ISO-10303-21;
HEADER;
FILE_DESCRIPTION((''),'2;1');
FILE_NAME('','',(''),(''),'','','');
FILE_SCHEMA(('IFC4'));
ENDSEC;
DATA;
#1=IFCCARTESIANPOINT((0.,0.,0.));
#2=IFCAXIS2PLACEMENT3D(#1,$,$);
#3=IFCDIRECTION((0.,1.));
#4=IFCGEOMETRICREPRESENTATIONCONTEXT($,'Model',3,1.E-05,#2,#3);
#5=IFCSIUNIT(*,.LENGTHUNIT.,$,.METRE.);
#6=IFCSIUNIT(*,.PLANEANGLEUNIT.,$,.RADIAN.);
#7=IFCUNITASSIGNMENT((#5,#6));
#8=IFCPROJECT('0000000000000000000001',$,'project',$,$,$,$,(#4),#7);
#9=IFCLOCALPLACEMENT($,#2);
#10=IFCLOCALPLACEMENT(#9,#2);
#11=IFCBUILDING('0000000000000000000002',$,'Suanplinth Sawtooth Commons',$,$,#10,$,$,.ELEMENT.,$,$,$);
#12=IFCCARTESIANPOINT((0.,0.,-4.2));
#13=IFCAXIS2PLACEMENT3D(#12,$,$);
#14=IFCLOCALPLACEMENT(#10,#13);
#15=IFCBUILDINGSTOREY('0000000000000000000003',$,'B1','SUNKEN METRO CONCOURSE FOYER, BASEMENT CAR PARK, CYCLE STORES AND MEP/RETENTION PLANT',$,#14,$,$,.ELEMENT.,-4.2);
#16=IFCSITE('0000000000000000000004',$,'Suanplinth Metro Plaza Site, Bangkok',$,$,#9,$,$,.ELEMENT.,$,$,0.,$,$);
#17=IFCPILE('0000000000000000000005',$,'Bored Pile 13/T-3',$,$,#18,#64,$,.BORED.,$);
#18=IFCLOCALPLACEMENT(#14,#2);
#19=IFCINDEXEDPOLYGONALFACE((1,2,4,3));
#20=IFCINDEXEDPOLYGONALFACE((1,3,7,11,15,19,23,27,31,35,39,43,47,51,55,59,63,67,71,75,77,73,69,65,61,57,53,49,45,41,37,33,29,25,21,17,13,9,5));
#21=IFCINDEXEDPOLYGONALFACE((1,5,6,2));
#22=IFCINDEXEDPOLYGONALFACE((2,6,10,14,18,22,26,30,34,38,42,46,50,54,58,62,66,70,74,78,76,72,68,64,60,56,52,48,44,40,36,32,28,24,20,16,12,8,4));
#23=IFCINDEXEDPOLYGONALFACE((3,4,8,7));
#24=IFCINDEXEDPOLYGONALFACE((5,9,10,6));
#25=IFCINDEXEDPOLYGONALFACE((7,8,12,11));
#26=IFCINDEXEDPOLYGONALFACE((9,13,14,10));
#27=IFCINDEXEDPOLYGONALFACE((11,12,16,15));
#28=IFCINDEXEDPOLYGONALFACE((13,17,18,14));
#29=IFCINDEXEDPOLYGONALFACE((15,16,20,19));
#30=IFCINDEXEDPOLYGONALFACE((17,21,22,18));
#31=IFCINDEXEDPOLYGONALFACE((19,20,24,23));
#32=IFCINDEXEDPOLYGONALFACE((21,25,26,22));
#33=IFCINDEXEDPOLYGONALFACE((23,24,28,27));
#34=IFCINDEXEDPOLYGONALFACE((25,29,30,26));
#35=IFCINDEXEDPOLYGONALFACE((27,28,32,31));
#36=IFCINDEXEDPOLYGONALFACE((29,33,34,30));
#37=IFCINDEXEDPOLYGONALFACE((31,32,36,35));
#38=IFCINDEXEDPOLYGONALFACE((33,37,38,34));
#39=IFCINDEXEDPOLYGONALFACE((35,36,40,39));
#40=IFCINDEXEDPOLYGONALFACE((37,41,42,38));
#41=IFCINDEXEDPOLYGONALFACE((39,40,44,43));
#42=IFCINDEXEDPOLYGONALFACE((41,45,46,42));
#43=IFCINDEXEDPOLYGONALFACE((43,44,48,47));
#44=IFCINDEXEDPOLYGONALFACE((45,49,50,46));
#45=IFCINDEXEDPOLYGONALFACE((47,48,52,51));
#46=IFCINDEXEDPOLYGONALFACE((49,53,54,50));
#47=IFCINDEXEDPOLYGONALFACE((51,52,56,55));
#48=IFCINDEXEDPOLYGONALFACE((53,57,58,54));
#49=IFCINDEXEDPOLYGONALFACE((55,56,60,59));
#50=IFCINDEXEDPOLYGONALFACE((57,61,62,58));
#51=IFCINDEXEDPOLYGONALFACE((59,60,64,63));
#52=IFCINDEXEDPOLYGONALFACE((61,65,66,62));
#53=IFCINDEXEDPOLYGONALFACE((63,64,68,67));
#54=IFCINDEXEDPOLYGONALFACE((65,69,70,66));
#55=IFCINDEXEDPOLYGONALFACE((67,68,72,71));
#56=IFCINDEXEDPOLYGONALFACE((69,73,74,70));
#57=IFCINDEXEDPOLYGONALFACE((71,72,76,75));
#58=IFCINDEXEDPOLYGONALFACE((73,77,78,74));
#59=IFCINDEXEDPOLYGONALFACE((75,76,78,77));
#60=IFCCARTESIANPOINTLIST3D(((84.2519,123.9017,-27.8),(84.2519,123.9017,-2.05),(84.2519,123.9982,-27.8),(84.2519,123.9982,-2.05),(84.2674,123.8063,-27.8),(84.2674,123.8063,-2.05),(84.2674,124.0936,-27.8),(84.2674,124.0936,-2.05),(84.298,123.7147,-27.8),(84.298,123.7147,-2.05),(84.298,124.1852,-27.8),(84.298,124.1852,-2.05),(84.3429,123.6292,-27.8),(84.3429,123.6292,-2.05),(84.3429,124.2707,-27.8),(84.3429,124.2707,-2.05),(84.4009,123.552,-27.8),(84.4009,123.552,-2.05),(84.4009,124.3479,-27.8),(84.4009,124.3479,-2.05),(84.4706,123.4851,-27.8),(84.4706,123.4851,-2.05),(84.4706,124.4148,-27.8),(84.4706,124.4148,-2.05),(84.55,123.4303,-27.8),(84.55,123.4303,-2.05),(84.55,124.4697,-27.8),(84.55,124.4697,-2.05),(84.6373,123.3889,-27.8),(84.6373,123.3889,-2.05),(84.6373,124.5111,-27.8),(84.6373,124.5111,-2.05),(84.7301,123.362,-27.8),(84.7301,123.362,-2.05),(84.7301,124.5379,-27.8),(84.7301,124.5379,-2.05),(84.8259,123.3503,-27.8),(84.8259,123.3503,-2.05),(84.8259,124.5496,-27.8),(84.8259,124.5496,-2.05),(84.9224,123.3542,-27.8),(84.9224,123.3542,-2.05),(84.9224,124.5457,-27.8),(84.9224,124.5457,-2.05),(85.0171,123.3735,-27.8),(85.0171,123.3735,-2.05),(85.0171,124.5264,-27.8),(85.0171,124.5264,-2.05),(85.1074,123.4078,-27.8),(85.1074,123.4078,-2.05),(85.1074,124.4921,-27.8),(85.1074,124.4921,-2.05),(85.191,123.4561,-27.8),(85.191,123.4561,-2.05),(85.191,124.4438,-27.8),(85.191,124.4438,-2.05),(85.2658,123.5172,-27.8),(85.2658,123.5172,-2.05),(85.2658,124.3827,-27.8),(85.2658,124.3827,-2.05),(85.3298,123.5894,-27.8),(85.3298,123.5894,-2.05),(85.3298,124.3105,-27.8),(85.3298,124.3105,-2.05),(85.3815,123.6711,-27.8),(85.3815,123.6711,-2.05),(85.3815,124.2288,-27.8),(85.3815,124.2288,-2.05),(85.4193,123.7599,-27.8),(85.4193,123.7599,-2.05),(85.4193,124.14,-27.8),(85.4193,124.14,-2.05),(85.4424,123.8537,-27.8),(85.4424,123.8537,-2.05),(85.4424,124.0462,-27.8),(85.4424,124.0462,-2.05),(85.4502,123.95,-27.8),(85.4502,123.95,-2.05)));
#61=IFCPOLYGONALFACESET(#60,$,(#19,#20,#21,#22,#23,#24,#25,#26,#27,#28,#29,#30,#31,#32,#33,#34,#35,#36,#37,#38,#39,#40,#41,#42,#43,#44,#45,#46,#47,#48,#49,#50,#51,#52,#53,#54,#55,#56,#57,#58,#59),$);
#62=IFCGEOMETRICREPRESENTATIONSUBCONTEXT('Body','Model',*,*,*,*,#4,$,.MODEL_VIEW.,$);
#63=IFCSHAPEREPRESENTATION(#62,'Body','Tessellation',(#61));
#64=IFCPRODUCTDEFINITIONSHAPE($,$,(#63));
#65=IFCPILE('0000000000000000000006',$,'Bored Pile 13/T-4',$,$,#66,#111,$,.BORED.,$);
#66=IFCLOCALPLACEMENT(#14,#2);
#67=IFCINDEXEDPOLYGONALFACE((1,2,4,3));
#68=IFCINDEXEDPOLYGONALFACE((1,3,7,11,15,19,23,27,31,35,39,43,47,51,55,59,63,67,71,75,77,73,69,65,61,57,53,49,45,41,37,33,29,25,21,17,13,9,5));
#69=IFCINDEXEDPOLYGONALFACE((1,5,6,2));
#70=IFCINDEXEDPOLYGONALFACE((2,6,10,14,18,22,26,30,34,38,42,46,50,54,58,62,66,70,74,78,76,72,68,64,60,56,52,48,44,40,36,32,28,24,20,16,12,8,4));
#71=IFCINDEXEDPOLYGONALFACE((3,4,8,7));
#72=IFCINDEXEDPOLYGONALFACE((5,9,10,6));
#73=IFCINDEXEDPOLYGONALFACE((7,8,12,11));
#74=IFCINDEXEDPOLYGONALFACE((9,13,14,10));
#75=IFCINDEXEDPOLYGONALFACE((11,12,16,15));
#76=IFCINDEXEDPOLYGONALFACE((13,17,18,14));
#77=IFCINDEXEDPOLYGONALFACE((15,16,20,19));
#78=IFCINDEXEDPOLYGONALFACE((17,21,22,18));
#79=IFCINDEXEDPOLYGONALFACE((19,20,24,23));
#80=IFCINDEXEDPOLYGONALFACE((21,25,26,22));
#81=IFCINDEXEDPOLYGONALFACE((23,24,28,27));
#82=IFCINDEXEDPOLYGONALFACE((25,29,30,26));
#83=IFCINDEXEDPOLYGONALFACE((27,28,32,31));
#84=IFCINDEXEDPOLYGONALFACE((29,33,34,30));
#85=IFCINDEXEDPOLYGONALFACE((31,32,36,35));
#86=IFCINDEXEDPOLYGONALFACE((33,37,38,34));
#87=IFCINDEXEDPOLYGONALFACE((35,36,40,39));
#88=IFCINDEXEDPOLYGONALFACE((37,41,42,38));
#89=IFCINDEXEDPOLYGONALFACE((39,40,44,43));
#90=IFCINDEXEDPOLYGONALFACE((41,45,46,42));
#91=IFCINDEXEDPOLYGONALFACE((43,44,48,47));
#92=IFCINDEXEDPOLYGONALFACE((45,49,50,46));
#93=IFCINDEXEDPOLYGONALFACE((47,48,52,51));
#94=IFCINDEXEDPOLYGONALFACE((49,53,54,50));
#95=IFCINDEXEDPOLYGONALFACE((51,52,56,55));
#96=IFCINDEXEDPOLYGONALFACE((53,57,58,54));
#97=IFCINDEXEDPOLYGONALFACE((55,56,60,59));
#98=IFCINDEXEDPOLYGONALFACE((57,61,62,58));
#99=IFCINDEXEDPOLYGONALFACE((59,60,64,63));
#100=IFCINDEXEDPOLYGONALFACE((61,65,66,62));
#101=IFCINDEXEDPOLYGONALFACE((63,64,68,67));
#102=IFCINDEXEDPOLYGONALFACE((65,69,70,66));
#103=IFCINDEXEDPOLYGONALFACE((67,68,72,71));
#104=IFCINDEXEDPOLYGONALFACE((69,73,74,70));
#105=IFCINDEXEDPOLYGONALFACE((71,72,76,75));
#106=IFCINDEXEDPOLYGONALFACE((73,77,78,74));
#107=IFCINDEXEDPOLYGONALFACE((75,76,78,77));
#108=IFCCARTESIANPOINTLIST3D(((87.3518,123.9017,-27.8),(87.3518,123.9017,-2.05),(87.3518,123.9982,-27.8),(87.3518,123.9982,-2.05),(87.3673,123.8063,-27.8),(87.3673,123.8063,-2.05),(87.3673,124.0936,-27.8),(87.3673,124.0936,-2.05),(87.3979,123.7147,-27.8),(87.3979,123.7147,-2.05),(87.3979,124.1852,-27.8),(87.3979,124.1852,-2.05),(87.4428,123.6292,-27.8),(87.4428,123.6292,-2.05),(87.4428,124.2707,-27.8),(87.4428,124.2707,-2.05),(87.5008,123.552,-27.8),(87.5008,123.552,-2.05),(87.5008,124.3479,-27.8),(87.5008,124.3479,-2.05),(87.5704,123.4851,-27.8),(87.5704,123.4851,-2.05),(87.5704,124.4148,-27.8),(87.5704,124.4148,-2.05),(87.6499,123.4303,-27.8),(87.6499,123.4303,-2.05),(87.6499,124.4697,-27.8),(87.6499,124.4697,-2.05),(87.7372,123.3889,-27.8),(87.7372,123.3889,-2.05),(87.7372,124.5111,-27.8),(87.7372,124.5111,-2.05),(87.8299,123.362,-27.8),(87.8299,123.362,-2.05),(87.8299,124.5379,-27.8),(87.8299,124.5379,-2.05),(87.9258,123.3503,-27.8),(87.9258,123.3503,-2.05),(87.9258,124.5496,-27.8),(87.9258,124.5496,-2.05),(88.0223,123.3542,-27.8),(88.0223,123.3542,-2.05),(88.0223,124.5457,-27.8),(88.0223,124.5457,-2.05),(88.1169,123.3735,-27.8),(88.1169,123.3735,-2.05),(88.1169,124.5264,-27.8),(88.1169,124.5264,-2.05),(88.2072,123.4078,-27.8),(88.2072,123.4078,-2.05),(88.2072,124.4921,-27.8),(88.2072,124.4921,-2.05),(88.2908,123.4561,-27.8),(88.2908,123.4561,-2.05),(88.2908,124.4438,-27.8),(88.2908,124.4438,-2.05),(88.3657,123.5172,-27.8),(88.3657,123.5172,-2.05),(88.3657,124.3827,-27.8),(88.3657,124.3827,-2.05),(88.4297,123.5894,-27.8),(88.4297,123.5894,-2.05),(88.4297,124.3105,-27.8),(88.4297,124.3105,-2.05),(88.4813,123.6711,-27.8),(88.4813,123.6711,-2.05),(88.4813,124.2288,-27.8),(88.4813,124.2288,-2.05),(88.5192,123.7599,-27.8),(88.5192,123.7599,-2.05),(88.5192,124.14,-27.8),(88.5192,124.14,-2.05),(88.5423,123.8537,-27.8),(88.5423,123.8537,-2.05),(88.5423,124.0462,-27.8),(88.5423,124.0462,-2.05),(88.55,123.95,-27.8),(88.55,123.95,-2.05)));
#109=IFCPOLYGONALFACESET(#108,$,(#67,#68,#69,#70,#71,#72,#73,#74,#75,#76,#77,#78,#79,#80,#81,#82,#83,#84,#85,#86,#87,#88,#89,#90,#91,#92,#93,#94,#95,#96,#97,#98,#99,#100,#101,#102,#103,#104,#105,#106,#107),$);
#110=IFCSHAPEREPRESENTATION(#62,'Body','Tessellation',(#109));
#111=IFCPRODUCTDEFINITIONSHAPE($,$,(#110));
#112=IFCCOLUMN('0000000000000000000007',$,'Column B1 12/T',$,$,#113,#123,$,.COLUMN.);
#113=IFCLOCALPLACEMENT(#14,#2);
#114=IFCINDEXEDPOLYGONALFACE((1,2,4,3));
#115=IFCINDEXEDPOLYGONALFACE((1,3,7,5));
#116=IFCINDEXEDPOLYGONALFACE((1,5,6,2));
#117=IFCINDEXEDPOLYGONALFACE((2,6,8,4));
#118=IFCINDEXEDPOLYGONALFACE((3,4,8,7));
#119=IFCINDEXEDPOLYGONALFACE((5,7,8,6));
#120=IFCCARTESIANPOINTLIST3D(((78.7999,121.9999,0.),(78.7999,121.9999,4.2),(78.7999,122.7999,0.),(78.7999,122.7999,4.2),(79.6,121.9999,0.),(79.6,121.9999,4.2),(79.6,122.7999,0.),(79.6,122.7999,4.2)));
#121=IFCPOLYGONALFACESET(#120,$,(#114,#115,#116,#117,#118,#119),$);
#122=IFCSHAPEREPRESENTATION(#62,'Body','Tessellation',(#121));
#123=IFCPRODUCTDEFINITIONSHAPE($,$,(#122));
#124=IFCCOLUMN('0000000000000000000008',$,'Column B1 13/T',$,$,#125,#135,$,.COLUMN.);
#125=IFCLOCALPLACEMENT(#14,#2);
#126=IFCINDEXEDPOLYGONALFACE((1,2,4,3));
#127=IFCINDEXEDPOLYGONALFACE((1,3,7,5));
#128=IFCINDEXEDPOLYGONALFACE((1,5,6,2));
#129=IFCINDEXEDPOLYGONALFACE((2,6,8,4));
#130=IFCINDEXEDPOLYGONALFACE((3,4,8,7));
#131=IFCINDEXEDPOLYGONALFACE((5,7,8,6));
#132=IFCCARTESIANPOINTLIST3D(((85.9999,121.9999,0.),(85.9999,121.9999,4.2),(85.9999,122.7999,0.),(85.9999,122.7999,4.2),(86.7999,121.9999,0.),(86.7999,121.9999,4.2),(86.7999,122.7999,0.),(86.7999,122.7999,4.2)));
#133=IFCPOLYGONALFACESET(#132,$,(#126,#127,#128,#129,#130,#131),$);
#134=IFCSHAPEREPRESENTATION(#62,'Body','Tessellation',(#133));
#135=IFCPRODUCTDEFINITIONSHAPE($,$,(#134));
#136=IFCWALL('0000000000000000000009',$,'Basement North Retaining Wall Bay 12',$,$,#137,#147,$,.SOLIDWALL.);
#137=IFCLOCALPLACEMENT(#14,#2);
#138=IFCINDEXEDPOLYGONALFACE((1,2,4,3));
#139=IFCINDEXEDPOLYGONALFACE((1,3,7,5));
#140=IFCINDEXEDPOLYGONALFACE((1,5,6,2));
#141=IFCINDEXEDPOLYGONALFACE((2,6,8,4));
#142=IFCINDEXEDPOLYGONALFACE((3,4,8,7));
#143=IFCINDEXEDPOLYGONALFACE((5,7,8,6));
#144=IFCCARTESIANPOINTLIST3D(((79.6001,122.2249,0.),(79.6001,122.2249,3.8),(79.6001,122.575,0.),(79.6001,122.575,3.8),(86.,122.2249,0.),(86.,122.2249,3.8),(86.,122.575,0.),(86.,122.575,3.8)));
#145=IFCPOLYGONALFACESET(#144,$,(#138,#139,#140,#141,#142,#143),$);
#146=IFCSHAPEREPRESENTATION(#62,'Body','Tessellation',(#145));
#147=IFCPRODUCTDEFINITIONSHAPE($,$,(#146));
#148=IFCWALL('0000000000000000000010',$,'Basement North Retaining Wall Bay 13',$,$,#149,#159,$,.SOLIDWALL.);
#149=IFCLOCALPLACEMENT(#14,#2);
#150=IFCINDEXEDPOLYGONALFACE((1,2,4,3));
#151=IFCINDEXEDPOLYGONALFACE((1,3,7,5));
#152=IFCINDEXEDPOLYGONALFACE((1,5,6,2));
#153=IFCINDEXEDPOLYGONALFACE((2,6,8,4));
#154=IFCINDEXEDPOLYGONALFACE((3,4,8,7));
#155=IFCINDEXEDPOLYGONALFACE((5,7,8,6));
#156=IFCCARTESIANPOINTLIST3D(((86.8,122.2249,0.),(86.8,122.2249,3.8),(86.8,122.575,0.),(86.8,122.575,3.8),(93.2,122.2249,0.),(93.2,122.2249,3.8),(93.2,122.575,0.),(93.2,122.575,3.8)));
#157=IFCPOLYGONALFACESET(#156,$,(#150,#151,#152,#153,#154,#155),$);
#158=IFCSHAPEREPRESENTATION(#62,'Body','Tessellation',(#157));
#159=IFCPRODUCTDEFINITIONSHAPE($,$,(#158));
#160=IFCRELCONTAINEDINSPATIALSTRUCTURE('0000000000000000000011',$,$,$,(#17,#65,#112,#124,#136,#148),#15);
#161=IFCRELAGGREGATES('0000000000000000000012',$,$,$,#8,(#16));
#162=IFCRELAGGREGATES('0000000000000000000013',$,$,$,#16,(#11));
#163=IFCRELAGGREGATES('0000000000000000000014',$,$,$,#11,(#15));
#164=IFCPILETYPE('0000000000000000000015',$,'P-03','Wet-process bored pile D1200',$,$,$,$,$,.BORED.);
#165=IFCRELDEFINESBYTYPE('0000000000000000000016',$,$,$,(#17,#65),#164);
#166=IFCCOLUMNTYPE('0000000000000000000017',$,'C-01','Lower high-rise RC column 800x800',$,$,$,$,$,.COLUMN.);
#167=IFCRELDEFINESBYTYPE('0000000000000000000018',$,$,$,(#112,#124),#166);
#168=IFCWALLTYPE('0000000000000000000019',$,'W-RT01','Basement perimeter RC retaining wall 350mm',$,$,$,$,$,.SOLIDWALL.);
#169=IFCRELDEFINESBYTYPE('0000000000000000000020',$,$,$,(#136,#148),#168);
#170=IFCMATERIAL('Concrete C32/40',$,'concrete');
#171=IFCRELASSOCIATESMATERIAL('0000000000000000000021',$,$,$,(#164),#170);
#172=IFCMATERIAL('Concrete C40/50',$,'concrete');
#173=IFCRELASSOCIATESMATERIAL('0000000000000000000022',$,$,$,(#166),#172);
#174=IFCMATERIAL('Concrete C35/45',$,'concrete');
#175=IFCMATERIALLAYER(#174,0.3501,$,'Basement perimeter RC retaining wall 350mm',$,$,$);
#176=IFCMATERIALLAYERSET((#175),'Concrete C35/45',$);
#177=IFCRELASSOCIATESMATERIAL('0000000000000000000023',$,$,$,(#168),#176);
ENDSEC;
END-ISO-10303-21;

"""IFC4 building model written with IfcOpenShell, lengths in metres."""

from ifc_helpers import new_model, si_unit, direction, frame, frame_2d, origin, origin_2d, place, context, subcontext, project, spatial, rectangle, circle, extrude, material, layer, layer_set, material_profile, profile_set, type_object, element, save


model = new_model("IFC4")

# Units and contexts
model_context = context("Model", 3, precision=1e-05, world=origin(), true_north=direction((0.0, 1.0)))
body_context = subcontext(model_context, "Body", "Model", "MODEL_VIEW")
ifc_project = project(units=[si_unit("LENGTHUNIT", "METRE"), si_unit("PLANEANGLEUNIT", "RADIAN")], contexts=[model_context])

# Site, building, storey
site_placement = place(None, origin())
site = spatial("IfcSite", under=ifc_project, at=site_placement, Name="Suanplinth Metro Plaza Site, Bangkok", CompositionType="ELEMENT", RefElevation=0.0)
building_placement = place(site_placement, origin())
building = spatial("IfcBuilding", under=site, at=building_placement, Name="Suanplinth Sawtooth Commons", CompositionType="ELEMENT")
storey_placement = place(building_placement, frame((0.0, 0.0, -4.2)))
storey = spatial("IfcBuildingStorey", under=building, at=storey_placement, Name="B1", Description="SUNKEN METRO CONCOURSE FOYER, BASEMENT CAR PARK, CYCLE STORES AND MEP/RETENTION PLANT", CompositionType="ELEMENT", Elevation=-4.2)

# Shared definitions
ifc_material_1 = material(Name="Concrete C35/45", Category="concrete")

# Piles
ifc_material_2 = material(Name="Concrete C32/40", Category="concrete")
ifc_material_profile_1 = material_profile(ifc_material_2, circle(Radius=0.6001, at=origin_2d()), Name="PILE D1200")
ifc_profile_set_1 = profile_set([ifc_material_profile_1], Name="Concrete C32/40")
pile_type = type_object("IfcPileType", Name="P-03", Description="Wet-process bored pile D1200", PredefinedType="BORED", material=ifc_profile_set_1)
for number, where, z_axis, x_axis, name in (
    (1, (84.8501, 123.95, -2.05), (0.0, 0.0, -1.0), (1.0, 0.0, 0.0), "Bored Pile 13/T-3"),
    (2, (87.95, 123.95, -2.05), (0.0, 0.0, -1.0), (1.0, 0.0, 0.0), "Bored Pile 13/T-4"),
):
    element("IfcPile", number, at=place(storey_placement, frame(where, z_axis=z_axis, x_axis=x_axis)), inside=storey, type_object=pile_type, Name=name, PredefinedType="BORED", context=body_context, shape_type="SweptSolid", body=[
        extrude(circle(Radius=0.6001, at=origin_2d()), origin(), (0.0, 0.0, 1.0), 25.75),
    ])

# Columns
ifc_material_3 = material(Name="Concrete C40/50", Category="concrete")
ifc_material_profile_2 = material_profile(ifc_material_3, rectangle(XDim=0.8, YDim=0.8, at=origin_2d()), Name="RC-COL 800x800")
ifc_profile_set_2 = profile_set([ifc_material_profile_2], Name="Concrete C40/50")
column_type = type_object("IfcColumnType", Name="C-01", Description="Lower high-rise RC column 800x800", PredefinedType="COLUMN", material=ifc_profile_set_2)
for number, where, z_axis, x_axis, name in (
    (3, (79.2, 122.3999, 0.0), (0.0, 0.0, 1.0), (1.0, 0.0, 0.0), "Column B1 12/T"),
    (4, (86.3999, 122.3999, 0.0), (0.0, 0.0, 1.0), (1.0, 0.0, 0.0), "Column B1 13/T"),
):
    element("IfcColumn", number, at=place(storey_placement, frame(where, z_axis=z_axis, x_axis=x_axis)), inside=storey, type_object=column_type, Name=name, PredefinedType="COLUMN", context=body_context, shape_type="SweptSolid", body=[
        extrude(rectangle(XDim=0.8, YDim=0.8, at=origin_2d()), origin(), (0.0, 0.0, 1.0), 4.2),
    ])

# Walls
ifc_layer = layer(ifc_material_1, 0.3501, Name="Basement perimeter RC retaining wall 350mm")
ifc_layer_set = layer_set([ifc_layer], Name="Concrete C35/45")
wall_type = type_object("IfcWallType", Name="W-RT01", Description="Basement perimeter RC retaining wall 350mm", PredefinedType="SOLIDWALL", material=ifc_layer_set)
for number, where, z_axis, x_axis, name in (
    (5, (79.6001, 122.3999, 0.0), (0.0, 0.0, 1.0), (1.0, 0.0, 0.0), "Basement North Retaining Wall Bay 12"),
    (6, (86.8, 122.3999, 0.0), (0.0, 0.0, 1.0), (1.0, 0.0, 0.0), "Basement North Retaining Wall Bay 13"),
):
    element("IfcWall", number, at=place(storey_placement, frame(where, z_axis=z_axis, x_axis=x_axis)), inside=storey, type_object=wall_type, Name=name, PredefinedType="SOLIDWALL", context=body_context, shape_type="SweptSolid", body=[
        extrude(rectangle(XDim=6.3999, YDim=0.3501, at=frame_2d((3.2, 0.0))), origin(), (0.0, 0.0, 1.0), 3.8),
    ])

save(model, "model.ifc")
